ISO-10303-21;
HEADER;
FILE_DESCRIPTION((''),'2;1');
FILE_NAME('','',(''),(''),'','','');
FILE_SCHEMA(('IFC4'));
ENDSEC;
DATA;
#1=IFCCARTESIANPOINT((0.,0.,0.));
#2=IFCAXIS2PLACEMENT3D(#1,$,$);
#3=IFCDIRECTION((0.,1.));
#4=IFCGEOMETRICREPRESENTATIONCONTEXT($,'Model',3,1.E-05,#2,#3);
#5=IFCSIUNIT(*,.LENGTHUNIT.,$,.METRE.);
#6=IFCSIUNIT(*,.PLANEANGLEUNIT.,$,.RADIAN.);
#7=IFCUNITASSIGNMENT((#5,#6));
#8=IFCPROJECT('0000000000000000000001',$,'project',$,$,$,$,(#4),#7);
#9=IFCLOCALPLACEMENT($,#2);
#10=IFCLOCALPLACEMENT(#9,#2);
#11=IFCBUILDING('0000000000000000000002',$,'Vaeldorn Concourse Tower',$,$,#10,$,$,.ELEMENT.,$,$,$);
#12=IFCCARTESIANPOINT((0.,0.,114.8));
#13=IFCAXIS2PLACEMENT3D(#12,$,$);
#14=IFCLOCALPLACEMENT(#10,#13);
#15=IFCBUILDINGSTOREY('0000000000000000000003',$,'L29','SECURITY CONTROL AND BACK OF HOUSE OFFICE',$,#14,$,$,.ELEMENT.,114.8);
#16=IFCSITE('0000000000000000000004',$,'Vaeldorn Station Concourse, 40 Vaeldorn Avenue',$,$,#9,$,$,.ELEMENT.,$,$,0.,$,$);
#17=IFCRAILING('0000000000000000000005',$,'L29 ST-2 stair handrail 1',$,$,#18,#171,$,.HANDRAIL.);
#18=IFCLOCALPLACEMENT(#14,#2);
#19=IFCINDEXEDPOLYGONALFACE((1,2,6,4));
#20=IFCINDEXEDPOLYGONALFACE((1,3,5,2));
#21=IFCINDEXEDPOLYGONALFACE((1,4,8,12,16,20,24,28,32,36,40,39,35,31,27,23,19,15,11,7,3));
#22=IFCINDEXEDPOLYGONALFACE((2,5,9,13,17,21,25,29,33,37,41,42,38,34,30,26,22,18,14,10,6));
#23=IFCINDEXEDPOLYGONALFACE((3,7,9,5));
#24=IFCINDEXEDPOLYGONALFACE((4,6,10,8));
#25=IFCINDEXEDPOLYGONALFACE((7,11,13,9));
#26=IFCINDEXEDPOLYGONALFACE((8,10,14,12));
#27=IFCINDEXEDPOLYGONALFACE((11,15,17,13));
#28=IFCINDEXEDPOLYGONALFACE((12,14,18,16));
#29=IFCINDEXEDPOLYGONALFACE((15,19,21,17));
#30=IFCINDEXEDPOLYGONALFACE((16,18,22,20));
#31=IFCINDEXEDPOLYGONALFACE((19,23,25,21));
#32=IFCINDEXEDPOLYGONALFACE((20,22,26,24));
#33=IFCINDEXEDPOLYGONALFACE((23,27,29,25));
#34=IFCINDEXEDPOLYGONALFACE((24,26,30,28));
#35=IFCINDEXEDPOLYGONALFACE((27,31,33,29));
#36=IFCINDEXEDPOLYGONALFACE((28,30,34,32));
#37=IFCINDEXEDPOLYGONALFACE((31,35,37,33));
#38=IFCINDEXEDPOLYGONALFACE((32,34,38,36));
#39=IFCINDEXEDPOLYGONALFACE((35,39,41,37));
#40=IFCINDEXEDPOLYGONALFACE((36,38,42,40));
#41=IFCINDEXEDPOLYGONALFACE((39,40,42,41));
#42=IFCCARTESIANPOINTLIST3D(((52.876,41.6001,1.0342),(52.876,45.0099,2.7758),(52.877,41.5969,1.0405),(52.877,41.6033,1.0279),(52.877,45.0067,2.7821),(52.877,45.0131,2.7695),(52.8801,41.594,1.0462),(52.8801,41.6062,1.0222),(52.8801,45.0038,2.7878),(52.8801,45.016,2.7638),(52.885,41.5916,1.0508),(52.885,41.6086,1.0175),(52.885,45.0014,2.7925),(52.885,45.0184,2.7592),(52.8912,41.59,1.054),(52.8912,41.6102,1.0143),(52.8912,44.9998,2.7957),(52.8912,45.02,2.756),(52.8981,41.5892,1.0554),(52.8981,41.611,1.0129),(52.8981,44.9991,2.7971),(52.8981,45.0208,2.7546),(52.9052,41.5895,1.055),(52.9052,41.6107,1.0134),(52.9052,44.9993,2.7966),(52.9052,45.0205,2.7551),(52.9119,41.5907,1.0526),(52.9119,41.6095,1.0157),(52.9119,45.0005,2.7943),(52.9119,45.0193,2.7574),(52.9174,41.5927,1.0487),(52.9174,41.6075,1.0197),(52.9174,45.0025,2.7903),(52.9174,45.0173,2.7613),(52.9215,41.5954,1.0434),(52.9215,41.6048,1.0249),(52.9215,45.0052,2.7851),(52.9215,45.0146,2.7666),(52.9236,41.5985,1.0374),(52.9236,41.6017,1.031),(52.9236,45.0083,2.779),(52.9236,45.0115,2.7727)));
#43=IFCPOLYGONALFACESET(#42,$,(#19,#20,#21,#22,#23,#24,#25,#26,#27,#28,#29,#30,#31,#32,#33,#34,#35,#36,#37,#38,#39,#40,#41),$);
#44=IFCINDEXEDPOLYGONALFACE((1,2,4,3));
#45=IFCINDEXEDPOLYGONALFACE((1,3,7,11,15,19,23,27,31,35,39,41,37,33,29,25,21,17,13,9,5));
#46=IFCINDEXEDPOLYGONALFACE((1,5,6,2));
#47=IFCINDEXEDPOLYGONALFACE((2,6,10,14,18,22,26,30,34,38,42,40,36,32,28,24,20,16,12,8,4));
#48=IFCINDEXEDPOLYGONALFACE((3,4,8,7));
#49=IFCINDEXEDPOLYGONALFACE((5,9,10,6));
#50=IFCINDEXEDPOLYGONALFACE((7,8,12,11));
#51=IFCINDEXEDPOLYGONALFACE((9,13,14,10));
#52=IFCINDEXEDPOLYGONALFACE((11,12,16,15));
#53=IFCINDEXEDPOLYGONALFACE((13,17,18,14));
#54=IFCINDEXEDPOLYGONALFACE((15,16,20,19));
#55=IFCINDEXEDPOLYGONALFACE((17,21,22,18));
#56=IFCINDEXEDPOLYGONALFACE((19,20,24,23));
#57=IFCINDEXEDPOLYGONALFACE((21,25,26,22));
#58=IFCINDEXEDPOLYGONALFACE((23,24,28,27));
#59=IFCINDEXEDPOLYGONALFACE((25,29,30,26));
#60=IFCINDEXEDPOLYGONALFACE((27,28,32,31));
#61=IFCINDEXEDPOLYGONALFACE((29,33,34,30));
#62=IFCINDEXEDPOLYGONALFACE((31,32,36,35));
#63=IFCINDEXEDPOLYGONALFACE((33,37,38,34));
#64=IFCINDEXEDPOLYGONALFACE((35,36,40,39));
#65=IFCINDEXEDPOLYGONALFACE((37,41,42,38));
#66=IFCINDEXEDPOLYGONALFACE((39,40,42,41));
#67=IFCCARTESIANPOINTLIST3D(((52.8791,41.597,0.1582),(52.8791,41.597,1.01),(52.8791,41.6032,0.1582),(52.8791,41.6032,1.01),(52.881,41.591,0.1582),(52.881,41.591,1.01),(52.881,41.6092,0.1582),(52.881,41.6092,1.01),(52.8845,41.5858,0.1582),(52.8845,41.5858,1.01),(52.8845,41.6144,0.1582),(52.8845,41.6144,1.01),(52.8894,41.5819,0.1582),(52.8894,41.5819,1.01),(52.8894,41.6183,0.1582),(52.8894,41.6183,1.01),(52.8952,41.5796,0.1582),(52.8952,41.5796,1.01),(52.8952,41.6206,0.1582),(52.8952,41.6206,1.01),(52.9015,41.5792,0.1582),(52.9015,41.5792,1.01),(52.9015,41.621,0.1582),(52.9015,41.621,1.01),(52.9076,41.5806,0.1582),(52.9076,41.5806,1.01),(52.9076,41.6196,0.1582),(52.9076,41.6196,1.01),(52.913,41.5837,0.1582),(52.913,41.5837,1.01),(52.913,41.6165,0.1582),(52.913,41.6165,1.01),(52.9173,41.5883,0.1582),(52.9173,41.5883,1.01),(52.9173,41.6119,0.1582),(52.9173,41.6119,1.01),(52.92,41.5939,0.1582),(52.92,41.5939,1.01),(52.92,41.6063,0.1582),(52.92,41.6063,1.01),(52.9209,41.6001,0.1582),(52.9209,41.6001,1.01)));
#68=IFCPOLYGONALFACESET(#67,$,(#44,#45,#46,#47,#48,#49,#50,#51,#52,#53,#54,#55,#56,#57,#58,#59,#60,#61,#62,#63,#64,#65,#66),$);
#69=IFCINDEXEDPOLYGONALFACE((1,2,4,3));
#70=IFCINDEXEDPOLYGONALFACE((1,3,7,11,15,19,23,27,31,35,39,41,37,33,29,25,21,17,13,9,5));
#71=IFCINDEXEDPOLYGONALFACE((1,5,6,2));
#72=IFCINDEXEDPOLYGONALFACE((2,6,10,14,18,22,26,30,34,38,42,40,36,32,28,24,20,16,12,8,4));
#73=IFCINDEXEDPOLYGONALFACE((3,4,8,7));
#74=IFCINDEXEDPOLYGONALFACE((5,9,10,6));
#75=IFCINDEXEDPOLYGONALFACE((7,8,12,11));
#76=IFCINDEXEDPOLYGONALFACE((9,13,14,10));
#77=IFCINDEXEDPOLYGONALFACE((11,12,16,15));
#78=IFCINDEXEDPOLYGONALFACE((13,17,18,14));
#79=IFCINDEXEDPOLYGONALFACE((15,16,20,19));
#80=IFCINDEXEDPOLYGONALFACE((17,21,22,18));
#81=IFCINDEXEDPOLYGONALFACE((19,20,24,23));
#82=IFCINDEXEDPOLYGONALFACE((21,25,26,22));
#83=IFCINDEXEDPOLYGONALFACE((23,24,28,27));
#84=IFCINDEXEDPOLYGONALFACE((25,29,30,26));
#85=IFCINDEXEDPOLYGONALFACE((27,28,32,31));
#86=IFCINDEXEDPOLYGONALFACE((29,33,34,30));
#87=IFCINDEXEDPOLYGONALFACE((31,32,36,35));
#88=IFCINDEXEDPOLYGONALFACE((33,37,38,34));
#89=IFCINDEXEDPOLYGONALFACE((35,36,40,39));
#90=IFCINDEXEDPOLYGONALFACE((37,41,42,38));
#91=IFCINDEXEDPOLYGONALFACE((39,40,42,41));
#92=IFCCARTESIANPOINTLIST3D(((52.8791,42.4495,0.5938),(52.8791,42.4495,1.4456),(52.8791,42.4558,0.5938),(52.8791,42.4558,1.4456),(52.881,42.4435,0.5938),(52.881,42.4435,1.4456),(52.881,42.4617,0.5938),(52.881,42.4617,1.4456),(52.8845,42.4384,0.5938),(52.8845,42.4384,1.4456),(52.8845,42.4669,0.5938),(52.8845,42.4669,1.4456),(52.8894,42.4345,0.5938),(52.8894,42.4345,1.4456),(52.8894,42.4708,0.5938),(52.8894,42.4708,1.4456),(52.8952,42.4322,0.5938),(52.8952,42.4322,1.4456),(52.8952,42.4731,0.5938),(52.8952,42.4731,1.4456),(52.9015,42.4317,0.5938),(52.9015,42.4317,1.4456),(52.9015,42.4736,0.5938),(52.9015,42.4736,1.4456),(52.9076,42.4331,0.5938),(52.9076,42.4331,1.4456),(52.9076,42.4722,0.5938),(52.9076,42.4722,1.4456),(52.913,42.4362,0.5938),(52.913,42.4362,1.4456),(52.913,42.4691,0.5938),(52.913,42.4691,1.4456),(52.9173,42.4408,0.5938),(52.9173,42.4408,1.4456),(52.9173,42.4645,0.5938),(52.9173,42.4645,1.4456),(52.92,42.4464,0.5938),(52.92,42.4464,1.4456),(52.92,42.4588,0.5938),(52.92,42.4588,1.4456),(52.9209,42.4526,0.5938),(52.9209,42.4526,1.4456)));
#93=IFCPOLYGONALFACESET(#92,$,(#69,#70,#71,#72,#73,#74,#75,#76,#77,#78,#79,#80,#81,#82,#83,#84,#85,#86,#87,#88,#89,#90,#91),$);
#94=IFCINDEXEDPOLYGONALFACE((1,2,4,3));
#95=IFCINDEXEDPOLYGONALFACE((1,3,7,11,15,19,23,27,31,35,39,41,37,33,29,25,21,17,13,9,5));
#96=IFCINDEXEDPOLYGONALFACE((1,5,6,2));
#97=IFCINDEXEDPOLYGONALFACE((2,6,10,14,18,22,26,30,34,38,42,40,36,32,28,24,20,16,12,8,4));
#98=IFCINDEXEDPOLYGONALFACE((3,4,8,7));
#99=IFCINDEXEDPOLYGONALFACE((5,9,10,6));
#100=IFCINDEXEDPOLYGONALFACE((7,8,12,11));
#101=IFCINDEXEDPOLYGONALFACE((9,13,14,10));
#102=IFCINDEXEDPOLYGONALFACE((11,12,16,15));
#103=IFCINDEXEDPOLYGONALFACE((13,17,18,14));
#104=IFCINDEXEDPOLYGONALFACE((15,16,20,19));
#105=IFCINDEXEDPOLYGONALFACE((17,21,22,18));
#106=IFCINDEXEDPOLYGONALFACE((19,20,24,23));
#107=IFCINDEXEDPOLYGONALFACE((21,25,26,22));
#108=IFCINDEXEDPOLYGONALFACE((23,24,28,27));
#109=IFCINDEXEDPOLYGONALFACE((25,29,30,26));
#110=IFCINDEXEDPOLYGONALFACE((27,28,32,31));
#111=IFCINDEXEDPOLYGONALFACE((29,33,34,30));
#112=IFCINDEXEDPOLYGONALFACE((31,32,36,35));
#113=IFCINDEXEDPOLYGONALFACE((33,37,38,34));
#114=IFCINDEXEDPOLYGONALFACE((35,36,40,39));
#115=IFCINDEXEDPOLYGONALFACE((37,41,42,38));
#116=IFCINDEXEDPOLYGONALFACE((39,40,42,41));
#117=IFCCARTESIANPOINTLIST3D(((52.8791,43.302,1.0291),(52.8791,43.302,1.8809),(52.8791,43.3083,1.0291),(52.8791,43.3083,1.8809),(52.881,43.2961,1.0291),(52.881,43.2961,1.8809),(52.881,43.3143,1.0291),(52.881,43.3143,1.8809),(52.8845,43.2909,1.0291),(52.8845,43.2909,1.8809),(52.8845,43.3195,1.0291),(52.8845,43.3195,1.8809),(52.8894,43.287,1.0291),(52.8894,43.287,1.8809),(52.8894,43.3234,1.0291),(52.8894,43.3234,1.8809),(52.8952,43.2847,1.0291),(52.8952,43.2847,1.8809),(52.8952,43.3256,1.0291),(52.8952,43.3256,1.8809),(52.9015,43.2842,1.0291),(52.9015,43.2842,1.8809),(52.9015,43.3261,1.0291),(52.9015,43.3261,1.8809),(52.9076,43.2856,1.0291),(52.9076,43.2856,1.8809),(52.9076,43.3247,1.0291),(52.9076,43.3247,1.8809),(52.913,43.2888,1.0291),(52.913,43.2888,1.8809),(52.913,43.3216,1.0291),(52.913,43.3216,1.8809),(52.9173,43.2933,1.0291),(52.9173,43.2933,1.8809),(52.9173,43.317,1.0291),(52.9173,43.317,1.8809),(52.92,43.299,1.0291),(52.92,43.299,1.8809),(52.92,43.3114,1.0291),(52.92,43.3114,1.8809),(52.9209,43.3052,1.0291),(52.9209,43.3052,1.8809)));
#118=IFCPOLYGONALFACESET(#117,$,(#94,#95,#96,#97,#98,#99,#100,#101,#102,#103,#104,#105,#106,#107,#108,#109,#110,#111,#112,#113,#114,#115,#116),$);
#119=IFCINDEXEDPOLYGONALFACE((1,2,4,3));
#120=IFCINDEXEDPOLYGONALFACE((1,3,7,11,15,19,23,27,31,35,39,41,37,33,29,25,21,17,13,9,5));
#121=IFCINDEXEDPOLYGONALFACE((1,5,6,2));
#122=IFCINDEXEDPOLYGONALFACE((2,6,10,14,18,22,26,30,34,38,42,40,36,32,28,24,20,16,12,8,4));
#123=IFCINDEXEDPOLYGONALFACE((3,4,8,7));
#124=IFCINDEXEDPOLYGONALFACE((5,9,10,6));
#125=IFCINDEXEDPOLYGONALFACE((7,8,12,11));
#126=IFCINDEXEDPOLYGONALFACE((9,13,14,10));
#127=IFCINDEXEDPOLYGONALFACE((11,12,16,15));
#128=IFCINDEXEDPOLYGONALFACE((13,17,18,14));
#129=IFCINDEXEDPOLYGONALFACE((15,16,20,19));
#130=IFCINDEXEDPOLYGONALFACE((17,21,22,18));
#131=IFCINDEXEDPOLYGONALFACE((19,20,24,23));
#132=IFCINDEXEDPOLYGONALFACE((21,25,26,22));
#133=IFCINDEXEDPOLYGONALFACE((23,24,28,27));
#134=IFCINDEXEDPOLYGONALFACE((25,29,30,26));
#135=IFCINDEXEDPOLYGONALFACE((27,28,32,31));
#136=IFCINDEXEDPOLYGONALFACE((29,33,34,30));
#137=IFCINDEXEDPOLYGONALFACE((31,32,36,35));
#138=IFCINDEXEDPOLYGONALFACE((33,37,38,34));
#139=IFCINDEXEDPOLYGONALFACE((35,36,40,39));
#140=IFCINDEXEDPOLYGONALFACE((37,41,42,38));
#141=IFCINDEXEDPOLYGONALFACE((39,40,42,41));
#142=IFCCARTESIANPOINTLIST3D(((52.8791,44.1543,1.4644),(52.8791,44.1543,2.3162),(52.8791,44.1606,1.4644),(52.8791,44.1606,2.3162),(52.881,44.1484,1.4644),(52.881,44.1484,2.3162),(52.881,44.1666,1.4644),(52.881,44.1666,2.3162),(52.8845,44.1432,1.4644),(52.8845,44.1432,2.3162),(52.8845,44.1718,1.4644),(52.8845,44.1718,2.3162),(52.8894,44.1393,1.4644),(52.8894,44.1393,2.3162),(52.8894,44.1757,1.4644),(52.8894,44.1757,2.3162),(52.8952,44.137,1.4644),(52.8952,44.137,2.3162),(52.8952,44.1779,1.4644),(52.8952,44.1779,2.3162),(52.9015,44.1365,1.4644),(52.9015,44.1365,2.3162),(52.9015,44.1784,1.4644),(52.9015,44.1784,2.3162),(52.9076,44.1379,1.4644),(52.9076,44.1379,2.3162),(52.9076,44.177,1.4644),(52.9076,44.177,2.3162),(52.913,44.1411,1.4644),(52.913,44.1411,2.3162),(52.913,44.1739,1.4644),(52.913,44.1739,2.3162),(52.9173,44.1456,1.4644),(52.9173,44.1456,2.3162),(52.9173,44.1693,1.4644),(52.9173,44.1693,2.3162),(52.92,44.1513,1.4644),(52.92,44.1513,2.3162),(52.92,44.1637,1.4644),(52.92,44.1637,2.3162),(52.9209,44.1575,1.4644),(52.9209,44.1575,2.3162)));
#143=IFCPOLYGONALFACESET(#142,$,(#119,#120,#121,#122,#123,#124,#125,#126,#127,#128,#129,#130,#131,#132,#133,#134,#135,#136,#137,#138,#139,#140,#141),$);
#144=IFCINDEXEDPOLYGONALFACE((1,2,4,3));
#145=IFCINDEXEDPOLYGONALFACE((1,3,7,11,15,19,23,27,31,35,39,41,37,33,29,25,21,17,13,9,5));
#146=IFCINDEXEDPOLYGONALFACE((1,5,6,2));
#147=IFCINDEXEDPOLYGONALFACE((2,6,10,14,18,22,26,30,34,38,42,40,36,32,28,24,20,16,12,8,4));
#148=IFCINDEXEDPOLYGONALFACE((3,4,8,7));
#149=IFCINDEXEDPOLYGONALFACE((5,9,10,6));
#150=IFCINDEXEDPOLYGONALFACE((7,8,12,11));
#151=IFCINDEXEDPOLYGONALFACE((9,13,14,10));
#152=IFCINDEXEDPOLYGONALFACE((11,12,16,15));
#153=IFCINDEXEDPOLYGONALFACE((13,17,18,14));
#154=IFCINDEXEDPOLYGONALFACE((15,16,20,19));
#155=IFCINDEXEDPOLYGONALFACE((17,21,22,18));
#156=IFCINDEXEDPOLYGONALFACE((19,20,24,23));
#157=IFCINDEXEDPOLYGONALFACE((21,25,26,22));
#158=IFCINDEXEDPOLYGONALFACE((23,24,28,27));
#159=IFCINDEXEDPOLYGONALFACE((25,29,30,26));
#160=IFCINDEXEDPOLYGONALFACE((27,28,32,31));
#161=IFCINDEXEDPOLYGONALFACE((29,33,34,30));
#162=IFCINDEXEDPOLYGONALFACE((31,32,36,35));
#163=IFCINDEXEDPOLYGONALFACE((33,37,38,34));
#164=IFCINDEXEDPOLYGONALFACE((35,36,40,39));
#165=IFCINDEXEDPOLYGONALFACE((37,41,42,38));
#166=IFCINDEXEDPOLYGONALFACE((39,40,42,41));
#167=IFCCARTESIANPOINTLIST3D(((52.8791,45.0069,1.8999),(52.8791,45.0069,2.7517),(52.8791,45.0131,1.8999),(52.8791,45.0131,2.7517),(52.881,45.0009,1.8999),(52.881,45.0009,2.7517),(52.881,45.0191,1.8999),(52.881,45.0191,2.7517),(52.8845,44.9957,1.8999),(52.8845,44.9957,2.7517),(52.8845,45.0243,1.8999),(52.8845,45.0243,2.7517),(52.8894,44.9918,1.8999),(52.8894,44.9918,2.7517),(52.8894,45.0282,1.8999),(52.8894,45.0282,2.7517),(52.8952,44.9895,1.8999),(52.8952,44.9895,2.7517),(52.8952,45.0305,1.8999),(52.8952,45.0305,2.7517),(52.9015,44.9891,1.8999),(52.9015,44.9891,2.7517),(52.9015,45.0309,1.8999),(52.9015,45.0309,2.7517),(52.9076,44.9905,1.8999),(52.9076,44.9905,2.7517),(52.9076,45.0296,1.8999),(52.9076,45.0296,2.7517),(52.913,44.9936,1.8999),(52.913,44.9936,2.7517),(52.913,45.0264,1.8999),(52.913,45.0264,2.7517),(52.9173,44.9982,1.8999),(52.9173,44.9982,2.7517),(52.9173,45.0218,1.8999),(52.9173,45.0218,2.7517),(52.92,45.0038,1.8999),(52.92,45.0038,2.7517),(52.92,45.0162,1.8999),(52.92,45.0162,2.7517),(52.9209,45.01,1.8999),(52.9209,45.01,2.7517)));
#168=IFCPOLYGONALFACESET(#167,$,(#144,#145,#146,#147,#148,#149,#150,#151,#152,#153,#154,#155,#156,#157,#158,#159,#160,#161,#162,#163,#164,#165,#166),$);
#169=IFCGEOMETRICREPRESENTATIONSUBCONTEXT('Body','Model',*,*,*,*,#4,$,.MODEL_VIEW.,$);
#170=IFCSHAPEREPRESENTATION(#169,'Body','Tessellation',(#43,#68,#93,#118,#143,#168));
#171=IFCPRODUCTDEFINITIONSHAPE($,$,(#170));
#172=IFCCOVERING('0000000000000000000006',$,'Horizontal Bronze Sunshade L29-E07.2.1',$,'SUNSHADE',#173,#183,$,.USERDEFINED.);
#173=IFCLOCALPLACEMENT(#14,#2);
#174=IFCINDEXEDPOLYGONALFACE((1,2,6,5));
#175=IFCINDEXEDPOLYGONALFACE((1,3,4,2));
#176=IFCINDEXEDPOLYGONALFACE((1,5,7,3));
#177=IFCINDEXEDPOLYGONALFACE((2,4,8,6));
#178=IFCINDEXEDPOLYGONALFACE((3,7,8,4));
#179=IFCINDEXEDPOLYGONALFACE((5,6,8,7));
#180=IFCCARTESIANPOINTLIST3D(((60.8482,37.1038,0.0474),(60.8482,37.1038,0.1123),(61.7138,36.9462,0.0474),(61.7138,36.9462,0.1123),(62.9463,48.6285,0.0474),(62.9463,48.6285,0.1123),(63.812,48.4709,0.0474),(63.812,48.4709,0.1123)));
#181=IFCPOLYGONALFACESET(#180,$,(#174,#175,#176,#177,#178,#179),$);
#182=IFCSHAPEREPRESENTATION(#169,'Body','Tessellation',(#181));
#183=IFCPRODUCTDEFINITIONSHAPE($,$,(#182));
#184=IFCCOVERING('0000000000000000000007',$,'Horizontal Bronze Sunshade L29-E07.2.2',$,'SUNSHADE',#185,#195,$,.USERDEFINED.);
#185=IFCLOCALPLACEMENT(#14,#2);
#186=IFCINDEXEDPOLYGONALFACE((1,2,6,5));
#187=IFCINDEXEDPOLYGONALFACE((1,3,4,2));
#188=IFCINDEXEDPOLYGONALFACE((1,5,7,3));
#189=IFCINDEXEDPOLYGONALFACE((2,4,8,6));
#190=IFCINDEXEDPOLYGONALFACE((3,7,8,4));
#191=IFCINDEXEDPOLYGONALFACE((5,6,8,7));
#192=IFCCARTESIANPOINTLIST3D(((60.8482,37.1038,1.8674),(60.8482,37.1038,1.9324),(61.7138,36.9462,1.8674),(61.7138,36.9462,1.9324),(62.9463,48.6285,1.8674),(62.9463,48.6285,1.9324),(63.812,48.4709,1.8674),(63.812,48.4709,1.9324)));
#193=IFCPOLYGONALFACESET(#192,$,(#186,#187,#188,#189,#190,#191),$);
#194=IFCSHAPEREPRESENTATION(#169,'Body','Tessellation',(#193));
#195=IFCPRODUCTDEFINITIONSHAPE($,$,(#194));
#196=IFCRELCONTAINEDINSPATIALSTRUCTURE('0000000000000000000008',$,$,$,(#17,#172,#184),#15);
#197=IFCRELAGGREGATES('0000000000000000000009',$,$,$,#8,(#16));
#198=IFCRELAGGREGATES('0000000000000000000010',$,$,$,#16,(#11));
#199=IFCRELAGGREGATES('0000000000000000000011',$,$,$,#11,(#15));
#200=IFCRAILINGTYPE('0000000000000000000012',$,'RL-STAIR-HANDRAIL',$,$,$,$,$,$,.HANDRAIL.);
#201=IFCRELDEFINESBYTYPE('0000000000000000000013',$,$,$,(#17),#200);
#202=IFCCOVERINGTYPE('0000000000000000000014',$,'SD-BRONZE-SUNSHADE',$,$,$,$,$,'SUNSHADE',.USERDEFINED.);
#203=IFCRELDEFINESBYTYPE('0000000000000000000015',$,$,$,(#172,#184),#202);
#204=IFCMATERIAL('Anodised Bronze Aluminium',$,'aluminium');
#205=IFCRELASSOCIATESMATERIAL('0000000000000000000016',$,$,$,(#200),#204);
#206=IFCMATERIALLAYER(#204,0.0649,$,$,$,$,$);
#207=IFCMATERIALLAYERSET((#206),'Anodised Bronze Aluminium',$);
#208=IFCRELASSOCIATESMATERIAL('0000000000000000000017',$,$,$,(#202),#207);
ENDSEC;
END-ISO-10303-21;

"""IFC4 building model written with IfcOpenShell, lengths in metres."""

from ifc_helpers import new_model, si_unit, direction, frame, origin, origin_2d, place, context, subcontext, project, spatial, rectangle, circle, extrude, source, transform, mapped, material, layer, layer_set, type_object, element, save


model = new_model("IFC4")

# Units and contexts
model_context = context("Model", 3, precision=1e-05, world=origin(), true_north=direction((0.0, 1.0)))
body_context = subcontext(model_context, "Body", "Model", "MODEL_VIEW")
ifc_project = project(units=[si_unit("LENGTHUNIT", "METRE"), si_unit("PLANEANGLEUNIT", "RADIAN")], contexts=[model_context])

# Site, building, storey
site_placement = place(None, origin())
site = spatial("IfcSite", under=ifc_project, at=site_placement, Name="Vaeldorn Station Concourse, 40 Vaeldorn Avenue", CompositionType="ELEMENT", RefElevation=0.0)
building_placement = place(site_placement, origin())
building = spatial("IfcBuilding", under=site, at=building_placement, Name="Vaeldorn Concourse Tower", CompositionType="ELEMENT")
storey_placement = place(building_placement, frame((0.0, 0.0, 114.8)))
storey = spatial("IfcBuildingStorey", under=building, at=storey_placement, Name="L29", Description="SECURITY CONTROL AND BACK OF HOUSE OFFICE", CompositionType="ELEMENT", Elevation=114.8)

# Shared definitions
ifc_material_1 = material(Name="Anodised Bronze Aluminium", Category="aluminium")

# Railing
railing_type_1 = type_object("IfcRailingType", Name="RL-STAIR-HANDRAIL", PredefinedType="HANDRAIL", material=ifc_material_1)
railing_1_placement = place(storey_placement, frame((52.8999, 41.6001, 0.1582)))
element("IfcRailing", 1, at=railing_1_placement, inside=storey, type_object=railing_type_1, Name="L29 ST-2 stair handrail 1", PredefinedType="HANDRAIL", context=body_context, shape_type="SweptSolid", body=[
    extrude(circle(Radius=0.0239, at=origin_2d()), frame((0.0, 0.0, 0.876), z_axis=(0.0, 0.890556, 0.454874), x_axis=(-1.0, 0.0, 0.0)), (0.0, 0.0, 1.0), 3.8289),
    extrude(circle(Radius=0.021, at=origin_2d()), origin(), (0.0, 0.0, 1.0), 0.8518),
    extrude(circle(Radius=0.021, at=origin_2d()), frame((0.0, 0.8525, 0.4355)), (0.0, 0.0, 1.0), 0.8518),
    extrude(circle(Radius=0.021, at=origin_2d()), frame((0.0, 1.7051, 0.8708)), (0.0, 0.0, 1.0), 0.8518),
    extrude(circle(Radius=0.021, at=origin_2d()), frame((0.0, 2.5574, 1.3062)), (0.0, 0.0, 1.0), 0.8518),
    extrude(circle(Radius=0.021, at=origin_2d()), frame((0.0, 3.4099, 1.7417)), (0.0, 0.0, 1.0), 0.8518),
])

# Coverings
ifc_layer_1 = layer(ifc_material_1, 0.0649)
ifc_layer_set_1 = layer_set([ifc_layer_1], Name="Anodised Bronze Aluminium")
covering_type = type_object("IfcCoveringType", Name="SD-BRONZE-SUNSHADE", ElementType="SUNSHADE", PredefinedType="USERDEFINED", material=ifc_layer_set_1)
shared_shape_1 = source(origin(), body_context, "Body", "SweptSolid", [
    extrude(rectangle(XDim=11.7141, YDim=0.8799, at=origin_2d()), origin(), (0.0, 0.0, 1.0), 0.0649),
])
for number, where, z_axis, x_axis, name in (
    (2, (62.3301, 42.7874, 0.0474), (0.0, 0.0, 1.0), (0.179111, 0.983829, 0.0), "Horizontal Bronze Sunshade L29-E07.2.1"),
    (3, (62.3301, 42.7874, 1.8674), (0.0, 0.0, 1.0), (0.179111, 0.983829, 0.0), "Horizontal Bronze Sunshade L29-E07.2.2"),
):
    element("IfcCovering", number, at=place(storey_placement, frame(where, z_axis=z_axis, x_axis=x_axis)), inside=storey, type_object=covering_type, Name=name, ObjectType="SUNSHADE", PredefinedType="USERDEFINED", context=body_context, shape_type="MappedRepresentation", body=[
        mapped(shared_shape_1, transform((0.0, 0.0, 0.0), scale=1.0)),
    ])

save(model, "model.ifc")
